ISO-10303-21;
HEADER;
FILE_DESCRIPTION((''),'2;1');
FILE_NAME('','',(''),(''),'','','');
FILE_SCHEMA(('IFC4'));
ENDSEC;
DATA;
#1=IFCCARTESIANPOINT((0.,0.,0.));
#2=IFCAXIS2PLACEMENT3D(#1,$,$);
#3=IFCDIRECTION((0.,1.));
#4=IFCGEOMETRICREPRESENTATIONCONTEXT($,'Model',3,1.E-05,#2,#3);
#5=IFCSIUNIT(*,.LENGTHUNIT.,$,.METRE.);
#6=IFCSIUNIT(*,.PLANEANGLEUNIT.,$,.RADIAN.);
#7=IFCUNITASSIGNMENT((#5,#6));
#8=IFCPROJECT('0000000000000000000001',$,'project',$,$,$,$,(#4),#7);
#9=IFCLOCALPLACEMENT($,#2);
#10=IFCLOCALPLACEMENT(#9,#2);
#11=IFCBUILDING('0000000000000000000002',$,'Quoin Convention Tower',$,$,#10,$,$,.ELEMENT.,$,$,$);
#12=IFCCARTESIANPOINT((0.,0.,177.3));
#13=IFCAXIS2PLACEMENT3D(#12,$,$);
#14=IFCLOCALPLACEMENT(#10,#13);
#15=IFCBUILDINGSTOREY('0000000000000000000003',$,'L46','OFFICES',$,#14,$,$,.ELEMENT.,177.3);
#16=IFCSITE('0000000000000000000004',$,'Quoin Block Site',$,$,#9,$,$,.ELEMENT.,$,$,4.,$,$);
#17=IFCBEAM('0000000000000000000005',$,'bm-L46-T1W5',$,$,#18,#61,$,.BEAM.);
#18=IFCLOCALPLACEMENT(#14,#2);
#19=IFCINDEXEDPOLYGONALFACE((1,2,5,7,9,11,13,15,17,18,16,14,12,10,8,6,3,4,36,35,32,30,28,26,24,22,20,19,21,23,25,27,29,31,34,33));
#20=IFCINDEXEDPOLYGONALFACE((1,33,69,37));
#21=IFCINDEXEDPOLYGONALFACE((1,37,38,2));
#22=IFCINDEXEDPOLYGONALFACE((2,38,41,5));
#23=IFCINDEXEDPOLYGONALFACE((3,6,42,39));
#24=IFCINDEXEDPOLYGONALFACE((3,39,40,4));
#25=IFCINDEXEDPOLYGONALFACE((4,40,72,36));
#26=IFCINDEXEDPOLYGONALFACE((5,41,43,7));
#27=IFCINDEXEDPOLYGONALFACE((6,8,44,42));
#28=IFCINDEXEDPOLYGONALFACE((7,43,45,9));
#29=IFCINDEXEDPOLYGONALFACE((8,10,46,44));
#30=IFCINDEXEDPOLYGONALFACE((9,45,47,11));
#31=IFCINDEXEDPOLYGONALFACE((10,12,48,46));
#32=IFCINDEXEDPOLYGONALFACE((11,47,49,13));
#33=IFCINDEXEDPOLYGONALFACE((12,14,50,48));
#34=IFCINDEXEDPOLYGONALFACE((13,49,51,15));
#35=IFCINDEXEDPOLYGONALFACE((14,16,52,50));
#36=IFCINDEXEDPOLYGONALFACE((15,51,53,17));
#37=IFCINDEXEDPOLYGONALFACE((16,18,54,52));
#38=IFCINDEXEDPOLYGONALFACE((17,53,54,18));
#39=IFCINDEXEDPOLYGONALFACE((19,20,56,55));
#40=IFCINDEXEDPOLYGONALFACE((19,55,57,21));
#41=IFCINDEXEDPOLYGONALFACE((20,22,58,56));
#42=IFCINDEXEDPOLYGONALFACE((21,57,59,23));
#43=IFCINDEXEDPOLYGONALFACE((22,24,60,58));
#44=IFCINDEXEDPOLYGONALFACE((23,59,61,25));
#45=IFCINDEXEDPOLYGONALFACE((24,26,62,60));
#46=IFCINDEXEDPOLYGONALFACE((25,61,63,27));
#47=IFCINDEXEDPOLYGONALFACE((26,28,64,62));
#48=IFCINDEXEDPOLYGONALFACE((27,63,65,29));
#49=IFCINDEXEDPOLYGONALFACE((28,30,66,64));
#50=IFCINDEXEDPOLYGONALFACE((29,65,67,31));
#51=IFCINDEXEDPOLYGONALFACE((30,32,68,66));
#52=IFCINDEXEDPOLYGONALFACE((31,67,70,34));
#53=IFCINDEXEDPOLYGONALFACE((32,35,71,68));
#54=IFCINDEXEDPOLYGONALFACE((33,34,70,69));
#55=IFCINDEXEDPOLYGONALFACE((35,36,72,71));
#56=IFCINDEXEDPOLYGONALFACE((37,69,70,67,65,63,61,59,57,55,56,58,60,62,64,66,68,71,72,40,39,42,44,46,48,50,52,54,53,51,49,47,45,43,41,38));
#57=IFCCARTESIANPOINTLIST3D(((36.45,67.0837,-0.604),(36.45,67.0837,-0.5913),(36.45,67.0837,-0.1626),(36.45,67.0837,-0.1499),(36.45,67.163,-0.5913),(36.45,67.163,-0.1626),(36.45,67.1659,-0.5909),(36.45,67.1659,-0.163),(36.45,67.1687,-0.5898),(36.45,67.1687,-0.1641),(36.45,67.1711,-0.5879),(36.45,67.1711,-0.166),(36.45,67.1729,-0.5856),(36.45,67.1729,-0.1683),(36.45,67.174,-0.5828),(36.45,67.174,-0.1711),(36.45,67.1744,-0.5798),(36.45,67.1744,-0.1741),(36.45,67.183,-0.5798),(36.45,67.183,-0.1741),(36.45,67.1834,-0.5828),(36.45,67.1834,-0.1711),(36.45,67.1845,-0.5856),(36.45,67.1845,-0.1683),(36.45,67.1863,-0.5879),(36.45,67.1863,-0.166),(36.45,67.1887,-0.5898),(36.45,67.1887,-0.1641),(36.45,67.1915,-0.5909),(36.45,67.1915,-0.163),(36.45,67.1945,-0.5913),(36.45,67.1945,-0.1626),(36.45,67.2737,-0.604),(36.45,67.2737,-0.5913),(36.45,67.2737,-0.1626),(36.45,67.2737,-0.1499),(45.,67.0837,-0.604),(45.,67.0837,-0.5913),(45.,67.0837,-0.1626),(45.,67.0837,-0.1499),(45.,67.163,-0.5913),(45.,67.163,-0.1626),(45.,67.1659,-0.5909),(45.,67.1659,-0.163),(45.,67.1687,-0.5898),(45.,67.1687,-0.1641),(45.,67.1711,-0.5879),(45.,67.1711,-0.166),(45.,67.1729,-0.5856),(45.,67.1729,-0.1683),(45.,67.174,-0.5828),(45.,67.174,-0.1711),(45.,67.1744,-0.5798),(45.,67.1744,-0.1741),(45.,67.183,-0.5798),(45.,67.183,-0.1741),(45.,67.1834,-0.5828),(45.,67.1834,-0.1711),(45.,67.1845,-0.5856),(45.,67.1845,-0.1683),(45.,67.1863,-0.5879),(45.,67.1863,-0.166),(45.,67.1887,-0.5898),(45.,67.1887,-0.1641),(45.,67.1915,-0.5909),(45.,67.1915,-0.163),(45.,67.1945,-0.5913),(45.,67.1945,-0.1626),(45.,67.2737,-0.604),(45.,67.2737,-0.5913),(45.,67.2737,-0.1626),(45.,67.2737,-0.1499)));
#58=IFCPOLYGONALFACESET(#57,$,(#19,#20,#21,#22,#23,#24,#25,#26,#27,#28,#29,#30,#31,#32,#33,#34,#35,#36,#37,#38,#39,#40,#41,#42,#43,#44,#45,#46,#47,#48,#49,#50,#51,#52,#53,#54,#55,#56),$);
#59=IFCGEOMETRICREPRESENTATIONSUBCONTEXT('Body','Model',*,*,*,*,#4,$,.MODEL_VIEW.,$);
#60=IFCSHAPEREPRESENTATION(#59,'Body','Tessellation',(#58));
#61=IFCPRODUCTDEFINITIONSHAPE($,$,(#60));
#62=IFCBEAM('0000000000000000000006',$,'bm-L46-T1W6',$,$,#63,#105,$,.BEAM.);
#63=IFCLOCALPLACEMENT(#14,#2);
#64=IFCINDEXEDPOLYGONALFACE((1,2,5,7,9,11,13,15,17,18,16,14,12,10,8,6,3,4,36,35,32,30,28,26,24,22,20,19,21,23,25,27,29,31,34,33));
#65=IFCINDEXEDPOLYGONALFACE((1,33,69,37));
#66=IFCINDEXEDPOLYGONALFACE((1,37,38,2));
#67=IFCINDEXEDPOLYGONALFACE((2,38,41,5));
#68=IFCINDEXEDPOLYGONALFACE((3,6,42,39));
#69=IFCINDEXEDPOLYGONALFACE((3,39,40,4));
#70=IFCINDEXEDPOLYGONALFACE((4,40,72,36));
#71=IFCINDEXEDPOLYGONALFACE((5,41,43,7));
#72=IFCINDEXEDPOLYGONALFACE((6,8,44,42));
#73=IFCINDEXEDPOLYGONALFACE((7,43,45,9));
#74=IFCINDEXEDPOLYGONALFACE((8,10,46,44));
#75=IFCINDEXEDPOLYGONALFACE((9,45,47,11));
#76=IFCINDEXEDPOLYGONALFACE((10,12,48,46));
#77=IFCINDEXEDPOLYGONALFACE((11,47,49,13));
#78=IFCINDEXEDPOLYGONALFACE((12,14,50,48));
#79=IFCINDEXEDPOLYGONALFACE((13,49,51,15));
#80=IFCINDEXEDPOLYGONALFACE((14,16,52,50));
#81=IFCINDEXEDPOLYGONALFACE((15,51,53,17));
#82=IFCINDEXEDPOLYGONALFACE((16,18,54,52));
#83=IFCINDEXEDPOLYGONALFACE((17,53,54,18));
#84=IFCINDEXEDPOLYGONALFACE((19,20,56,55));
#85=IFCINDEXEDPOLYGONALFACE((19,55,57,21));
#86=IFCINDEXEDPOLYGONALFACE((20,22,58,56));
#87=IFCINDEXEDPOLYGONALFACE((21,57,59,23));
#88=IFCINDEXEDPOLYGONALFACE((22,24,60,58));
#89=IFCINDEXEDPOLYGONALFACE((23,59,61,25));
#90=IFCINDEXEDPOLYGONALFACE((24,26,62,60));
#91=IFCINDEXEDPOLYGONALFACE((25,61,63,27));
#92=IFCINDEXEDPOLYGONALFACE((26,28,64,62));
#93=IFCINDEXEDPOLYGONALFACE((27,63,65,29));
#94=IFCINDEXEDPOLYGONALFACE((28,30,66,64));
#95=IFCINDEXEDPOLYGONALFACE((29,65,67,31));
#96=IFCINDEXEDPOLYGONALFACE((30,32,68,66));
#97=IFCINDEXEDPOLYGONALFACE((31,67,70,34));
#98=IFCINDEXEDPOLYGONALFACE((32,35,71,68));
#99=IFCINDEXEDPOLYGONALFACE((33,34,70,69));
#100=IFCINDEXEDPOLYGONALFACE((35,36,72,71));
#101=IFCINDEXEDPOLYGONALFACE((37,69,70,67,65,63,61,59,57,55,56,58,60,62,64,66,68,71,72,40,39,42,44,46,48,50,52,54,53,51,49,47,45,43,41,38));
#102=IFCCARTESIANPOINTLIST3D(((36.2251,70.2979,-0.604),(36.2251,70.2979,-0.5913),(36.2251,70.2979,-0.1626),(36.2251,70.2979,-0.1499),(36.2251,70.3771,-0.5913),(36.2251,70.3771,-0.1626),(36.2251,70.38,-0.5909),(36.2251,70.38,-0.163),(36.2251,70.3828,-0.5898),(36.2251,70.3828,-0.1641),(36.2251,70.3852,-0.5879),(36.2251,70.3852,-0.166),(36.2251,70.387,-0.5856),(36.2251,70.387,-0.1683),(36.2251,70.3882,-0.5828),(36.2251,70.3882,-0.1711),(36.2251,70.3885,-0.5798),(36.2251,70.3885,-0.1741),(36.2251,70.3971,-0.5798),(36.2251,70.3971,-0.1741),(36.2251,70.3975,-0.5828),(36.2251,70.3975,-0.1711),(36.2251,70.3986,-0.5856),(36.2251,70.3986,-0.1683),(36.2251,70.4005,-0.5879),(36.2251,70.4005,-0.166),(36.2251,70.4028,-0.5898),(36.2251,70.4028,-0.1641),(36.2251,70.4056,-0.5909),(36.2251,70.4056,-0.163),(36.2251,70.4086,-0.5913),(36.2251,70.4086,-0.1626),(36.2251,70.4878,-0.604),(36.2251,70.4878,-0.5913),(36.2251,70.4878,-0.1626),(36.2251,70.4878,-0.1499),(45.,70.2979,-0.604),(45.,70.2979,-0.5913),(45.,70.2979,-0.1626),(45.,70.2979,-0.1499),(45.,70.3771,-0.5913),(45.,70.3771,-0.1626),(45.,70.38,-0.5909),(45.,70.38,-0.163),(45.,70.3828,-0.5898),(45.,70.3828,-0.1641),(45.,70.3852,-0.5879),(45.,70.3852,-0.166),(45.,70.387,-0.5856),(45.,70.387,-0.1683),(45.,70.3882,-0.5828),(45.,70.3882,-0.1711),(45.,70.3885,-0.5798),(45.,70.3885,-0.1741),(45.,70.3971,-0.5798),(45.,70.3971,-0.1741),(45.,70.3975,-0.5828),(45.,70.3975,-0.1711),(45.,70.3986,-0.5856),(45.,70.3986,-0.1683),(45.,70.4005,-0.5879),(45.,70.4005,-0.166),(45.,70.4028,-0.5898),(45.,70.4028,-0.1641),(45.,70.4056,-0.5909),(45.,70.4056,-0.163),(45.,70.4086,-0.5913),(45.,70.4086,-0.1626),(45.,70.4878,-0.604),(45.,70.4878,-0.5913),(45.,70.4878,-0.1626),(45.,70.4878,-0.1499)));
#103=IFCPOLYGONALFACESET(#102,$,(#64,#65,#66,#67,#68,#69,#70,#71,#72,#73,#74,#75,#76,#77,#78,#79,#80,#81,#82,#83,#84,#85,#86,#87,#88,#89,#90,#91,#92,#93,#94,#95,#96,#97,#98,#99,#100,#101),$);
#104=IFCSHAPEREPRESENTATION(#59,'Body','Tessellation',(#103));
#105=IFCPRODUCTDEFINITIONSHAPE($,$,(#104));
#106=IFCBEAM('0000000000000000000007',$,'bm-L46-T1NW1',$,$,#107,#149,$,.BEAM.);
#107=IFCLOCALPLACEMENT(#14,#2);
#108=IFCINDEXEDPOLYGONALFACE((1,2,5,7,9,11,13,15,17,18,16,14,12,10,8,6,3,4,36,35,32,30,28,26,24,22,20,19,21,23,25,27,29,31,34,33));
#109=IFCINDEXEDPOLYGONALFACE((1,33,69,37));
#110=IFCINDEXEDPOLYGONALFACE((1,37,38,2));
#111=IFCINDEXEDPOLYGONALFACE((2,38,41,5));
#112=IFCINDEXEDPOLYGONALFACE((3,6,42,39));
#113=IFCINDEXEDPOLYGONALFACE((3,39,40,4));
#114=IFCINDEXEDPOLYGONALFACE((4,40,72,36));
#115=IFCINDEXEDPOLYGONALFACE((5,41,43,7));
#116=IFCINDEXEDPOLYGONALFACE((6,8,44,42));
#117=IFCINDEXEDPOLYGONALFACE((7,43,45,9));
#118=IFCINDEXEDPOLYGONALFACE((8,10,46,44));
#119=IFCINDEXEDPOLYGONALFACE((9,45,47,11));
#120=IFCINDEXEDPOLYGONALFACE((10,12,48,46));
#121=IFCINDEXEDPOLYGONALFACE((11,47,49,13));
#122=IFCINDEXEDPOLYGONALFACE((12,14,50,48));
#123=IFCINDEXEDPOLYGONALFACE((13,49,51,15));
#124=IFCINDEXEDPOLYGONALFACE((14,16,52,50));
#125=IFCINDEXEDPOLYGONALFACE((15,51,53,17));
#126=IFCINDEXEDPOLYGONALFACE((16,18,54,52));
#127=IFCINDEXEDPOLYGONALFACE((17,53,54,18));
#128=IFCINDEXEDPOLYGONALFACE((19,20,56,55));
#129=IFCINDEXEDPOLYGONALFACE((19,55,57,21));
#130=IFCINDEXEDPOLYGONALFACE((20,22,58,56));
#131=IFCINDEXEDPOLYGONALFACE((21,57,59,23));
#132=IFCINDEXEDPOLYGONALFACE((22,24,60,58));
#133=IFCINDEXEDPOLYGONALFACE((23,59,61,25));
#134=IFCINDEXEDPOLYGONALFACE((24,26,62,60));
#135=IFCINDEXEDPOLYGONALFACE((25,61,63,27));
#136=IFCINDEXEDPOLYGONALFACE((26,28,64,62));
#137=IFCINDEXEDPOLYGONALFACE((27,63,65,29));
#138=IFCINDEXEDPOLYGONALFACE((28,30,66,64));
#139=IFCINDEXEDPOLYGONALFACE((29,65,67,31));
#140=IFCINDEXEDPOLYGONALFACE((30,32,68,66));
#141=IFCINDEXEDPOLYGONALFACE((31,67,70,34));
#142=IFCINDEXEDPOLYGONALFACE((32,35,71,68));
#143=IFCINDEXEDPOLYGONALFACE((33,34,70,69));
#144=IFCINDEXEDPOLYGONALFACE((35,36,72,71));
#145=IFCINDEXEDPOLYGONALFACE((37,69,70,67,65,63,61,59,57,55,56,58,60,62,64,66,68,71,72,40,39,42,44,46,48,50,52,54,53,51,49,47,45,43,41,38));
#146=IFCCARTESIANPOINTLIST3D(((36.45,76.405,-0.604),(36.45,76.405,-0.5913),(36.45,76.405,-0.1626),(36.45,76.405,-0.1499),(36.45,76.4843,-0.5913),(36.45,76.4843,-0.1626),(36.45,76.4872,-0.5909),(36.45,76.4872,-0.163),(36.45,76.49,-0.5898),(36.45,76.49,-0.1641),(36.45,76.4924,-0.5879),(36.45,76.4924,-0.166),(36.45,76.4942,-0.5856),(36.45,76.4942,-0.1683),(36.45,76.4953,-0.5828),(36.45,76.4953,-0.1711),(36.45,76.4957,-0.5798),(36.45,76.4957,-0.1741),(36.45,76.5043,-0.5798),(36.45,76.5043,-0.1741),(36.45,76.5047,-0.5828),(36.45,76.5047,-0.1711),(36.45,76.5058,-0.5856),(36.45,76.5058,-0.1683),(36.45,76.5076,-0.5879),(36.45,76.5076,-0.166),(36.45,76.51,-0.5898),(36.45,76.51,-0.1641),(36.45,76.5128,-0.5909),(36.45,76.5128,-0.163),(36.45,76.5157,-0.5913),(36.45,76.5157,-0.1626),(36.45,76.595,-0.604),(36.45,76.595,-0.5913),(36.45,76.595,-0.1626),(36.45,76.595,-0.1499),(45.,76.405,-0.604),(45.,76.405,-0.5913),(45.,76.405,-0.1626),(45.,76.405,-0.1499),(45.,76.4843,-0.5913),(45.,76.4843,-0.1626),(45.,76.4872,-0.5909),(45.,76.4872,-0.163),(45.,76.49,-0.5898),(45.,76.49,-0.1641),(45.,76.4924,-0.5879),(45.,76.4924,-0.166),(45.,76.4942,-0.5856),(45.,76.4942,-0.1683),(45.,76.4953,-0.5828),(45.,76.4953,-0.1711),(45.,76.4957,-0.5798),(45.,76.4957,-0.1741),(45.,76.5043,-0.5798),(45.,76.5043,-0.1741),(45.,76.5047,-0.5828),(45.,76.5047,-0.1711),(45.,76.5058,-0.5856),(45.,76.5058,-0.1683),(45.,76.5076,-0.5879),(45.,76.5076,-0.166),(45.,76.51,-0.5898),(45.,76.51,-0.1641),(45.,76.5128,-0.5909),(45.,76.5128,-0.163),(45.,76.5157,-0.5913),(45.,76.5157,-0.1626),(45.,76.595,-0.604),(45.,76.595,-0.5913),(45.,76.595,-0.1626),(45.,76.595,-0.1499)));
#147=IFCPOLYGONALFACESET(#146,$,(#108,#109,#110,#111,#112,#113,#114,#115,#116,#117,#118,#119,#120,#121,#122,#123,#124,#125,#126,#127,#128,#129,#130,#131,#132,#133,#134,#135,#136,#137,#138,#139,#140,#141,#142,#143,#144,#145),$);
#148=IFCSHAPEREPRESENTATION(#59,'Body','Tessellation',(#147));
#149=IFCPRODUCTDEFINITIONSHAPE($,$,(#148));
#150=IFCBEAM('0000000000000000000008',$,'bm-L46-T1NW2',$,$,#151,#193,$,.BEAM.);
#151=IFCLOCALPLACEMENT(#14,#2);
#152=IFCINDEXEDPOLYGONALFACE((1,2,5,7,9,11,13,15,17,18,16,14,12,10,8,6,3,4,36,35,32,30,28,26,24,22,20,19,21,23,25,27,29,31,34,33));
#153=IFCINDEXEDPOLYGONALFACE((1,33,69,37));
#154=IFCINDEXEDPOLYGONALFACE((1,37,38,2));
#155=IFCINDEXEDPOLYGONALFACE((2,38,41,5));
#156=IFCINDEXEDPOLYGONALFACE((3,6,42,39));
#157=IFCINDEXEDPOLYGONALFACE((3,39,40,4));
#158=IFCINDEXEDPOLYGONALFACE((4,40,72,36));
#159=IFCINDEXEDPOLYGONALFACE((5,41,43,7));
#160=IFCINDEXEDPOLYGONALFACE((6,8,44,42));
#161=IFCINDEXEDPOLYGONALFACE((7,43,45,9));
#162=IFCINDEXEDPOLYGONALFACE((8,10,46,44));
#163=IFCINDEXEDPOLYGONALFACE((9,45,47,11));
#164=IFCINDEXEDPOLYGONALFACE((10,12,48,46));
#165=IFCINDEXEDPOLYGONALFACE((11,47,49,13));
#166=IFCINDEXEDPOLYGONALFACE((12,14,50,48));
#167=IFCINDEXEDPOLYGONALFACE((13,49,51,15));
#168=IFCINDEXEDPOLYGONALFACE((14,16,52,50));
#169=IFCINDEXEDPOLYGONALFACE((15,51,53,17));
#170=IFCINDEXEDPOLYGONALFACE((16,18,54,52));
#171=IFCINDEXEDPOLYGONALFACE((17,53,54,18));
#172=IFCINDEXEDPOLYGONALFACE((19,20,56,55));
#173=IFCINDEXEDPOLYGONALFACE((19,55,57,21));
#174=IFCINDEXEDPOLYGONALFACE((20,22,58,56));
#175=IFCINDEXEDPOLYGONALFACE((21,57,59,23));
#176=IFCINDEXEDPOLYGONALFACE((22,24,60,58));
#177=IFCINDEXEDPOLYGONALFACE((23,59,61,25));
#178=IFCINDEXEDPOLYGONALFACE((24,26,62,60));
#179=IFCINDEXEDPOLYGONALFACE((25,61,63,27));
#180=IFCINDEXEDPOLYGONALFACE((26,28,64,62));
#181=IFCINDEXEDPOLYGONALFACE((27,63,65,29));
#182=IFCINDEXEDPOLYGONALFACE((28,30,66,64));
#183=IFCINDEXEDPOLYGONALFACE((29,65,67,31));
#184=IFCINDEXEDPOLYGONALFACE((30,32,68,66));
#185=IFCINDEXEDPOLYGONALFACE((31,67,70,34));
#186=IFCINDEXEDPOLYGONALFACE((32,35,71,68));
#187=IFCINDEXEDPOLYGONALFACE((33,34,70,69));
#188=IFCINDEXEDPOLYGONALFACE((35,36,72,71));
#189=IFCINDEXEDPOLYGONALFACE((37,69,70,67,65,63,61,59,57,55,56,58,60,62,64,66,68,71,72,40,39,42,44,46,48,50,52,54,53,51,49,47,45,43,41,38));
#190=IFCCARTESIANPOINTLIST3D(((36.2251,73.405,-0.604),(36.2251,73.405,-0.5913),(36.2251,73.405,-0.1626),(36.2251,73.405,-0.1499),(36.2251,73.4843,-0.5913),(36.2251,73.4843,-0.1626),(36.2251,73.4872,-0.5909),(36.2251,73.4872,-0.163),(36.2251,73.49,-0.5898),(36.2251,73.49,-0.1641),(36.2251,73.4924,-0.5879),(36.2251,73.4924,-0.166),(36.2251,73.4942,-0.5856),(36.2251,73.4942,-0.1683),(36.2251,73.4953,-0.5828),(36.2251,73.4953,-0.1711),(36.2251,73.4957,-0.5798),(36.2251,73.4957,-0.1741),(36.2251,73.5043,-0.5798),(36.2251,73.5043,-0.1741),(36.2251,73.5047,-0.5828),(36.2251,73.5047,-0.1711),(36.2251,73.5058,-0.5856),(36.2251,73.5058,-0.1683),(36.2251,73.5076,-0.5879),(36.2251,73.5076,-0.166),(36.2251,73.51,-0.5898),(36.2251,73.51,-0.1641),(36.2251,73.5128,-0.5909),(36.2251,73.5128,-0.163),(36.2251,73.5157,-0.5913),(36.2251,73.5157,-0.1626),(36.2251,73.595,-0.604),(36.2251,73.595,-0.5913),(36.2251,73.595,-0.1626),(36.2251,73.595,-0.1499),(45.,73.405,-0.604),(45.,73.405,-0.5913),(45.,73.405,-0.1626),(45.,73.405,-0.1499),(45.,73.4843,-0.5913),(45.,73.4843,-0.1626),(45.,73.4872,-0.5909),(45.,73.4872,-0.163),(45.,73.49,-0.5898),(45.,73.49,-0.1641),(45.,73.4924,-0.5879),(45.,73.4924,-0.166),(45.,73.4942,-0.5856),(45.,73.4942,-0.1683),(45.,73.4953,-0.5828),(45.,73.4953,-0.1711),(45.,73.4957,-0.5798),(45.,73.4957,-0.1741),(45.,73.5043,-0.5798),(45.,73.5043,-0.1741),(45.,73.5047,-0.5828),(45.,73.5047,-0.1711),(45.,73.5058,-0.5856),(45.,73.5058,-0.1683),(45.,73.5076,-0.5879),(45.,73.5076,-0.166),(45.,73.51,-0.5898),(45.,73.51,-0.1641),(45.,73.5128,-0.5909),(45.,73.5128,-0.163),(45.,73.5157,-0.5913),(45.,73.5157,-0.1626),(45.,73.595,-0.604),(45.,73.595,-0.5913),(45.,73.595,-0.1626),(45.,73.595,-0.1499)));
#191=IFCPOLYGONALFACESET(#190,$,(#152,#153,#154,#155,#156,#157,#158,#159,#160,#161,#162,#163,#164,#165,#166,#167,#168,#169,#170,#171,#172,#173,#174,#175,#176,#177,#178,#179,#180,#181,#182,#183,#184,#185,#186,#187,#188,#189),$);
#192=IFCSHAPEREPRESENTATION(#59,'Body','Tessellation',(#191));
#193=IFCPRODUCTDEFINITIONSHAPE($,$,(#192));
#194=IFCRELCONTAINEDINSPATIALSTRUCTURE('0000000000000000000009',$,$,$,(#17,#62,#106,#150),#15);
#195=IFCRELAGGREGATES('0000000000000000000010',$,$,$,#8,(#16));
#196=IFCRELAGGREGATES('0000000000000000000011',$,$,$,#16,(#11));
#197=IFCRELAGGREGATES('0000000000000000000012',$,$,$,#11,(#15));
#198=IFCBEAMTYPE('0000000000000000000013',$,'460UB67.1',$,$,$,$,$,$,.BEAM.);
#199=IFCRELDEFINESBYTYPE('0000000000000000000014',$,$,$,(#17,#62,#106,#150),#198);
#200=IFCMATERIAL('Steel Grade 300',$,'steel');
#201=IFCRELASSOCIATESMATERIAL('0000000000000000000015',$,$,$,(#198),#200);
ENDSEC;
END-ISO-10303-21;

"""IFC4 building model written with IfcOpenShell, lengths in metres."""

from ifc_helpers import new_model, si_unit, direction, frame, origin, origin_2d, place, context, subcontext, project, spatial, i_section, extrude, material, material_profile, profile_set, type_object, element, save


model = new_model("IFC4")

# Units and contexts
model_context = context("Model", 3, precision=1e-05, world=origin(), true_north=direction((0.0, 1.0)))
body_context = subcontext(model_context, "Body", "Model", "MODEL_VIEW")
ifc_project = project(units=[si_unit("LENGTHUNIT", "METRE"), si_unit("PLANEANGLEUNIT", "RADIAN")], contexts=[model_context])

# Site, building, storey
site_placement = place(None, origin())
site = spatial("IfcSite", under=ifc_project, at=site_placement, Name="Quoin Block Site", CompositionType="ELEMENT", RefElevation=4.0)
building_placement = place(site_placement, origin())
building = spatial("IfcBuilding", under=site, at=building_placement, Name="Quoin Convention Tower", CompositionType="ELEMENT")
storey_placement = place(building_placement, frame((0.0, 0.0, 177.3)))
storey = spatial("IfcBuildingStorey", under=building, at=storey_placement, Name="L46", Description="OFFICES", CompositionType="ELEMENT", Elevation=177.3)

# Beams
ifc_material_1 = material(Name="Steel Grade 300", Category="steel")
ifc_material_profile_1 = material_profile(ifc_material_1, i_section(OverallWidth=0.1899, OverallDepth=0.4541, WebThickness=0.0085, FlangeThickness=0.0127, FilletRadius=0.0115, at=origin_2d()), Name="460UB67.1")
ifc_profile_set_1 = profile_set([ifc_material_profile_1], Name="Steel Grade 300")
beam_type_1 = type_object("IfcBeamType", Name="460UB67.1", PredefinedType="BEAM", material=ifc_profile_set_1)
beam_1_placement = place(storey_placement, frame((36.45, 67.1787, -0.377), z_axis=(1.0, 0.0, 0.0), x_axis=(0.0, 1.0, 0.0)))
element("IfcBeam", 1, at=beam_1_placement, inside=storey, type_object=beam_type_1, Name="bm-L46-T1W5", PredefinedType="BEAM", context=body_context, shape_type="SweptSolid", body=[
    extrude(i_section(OverallWidth=0.1899, OverallDepth=0.4541, WebThickness=0.0085, FlangeThickness=0.0127, FilletRadius=0.0115, at=origin_2d()), origin(), (0.0, 0.0, 1.0), 8.55),
])
beam_2_placement = place(storey_placement, frame((36.2251, 70.3928, -0.377), z_axis=(1.0, 0.0, 0.0), x_axis=(0.0, 1.0, 0.0)))
element("IfcBeam", 2, at=beam_2_placement, inside=storey, type_object=beam_type_1, Name="bm-L46-T1W6", PredefinedType="BEAM", context=body_context, shape_type="SweptSolid", body=[
    extrude(i_section(OverallWidth=0.1899, OverallDepth=0.4541, WebThickness=0.0085, FlangeThickness=0.0127, FilletRadius=0.0115, at=origin_2d()), origin(), (0.0, 0.0, 1.0), 8.7749),
])
beam_3_placement = place(storey_placement, frame((36.45, 76.5, -0.377), z_axis=(1.0, 0.0, 0.0), x_axis=(0.0, 1.0, 0.0)))
element("IfcBeam", 3, at=beam_3_placement, inside=storey, type_object=beam_type_1, Name="bm-L46-T1NW1", PredefinedType="BEAM", context=body_context, shape_type="SweptSolid", body=[
    extrude(i_section(OverallWidth=0.1899, OverallDepth=0.4541, WebThickness=0.0085, FlangeThickness=0.0127, FilletRadius=0.0115, at=origin_2d()), origin(), (0.0, 0.0, 1.0), 8.55),
])
beam_4_placement = place(storey_placement, frame((36.2251, 73.5, -0.377), z_axis=(1.0, 0.0, 0.0), x_axis=(0.0, 1.0, 0.0)))
element("IfcBeam", 4, at=beam_4_placement, inside=storey, type_object=beam_type_1, Name="bm-L46-T1NW2", PredefinedType="BEAM", context=body_context, shape_type="SweptSolid", body=[
    extrude(i_section(OverallWidth=0.1899, OverallDepth=0.4541, WebThickness=0.0085, FlangeThickness=0.0127, FilletRadius=0.0115, at=origin_2d()), origin(), (0.0, 0.0, 1.0), 8.7749),
])

save(model, "model.ifc")
